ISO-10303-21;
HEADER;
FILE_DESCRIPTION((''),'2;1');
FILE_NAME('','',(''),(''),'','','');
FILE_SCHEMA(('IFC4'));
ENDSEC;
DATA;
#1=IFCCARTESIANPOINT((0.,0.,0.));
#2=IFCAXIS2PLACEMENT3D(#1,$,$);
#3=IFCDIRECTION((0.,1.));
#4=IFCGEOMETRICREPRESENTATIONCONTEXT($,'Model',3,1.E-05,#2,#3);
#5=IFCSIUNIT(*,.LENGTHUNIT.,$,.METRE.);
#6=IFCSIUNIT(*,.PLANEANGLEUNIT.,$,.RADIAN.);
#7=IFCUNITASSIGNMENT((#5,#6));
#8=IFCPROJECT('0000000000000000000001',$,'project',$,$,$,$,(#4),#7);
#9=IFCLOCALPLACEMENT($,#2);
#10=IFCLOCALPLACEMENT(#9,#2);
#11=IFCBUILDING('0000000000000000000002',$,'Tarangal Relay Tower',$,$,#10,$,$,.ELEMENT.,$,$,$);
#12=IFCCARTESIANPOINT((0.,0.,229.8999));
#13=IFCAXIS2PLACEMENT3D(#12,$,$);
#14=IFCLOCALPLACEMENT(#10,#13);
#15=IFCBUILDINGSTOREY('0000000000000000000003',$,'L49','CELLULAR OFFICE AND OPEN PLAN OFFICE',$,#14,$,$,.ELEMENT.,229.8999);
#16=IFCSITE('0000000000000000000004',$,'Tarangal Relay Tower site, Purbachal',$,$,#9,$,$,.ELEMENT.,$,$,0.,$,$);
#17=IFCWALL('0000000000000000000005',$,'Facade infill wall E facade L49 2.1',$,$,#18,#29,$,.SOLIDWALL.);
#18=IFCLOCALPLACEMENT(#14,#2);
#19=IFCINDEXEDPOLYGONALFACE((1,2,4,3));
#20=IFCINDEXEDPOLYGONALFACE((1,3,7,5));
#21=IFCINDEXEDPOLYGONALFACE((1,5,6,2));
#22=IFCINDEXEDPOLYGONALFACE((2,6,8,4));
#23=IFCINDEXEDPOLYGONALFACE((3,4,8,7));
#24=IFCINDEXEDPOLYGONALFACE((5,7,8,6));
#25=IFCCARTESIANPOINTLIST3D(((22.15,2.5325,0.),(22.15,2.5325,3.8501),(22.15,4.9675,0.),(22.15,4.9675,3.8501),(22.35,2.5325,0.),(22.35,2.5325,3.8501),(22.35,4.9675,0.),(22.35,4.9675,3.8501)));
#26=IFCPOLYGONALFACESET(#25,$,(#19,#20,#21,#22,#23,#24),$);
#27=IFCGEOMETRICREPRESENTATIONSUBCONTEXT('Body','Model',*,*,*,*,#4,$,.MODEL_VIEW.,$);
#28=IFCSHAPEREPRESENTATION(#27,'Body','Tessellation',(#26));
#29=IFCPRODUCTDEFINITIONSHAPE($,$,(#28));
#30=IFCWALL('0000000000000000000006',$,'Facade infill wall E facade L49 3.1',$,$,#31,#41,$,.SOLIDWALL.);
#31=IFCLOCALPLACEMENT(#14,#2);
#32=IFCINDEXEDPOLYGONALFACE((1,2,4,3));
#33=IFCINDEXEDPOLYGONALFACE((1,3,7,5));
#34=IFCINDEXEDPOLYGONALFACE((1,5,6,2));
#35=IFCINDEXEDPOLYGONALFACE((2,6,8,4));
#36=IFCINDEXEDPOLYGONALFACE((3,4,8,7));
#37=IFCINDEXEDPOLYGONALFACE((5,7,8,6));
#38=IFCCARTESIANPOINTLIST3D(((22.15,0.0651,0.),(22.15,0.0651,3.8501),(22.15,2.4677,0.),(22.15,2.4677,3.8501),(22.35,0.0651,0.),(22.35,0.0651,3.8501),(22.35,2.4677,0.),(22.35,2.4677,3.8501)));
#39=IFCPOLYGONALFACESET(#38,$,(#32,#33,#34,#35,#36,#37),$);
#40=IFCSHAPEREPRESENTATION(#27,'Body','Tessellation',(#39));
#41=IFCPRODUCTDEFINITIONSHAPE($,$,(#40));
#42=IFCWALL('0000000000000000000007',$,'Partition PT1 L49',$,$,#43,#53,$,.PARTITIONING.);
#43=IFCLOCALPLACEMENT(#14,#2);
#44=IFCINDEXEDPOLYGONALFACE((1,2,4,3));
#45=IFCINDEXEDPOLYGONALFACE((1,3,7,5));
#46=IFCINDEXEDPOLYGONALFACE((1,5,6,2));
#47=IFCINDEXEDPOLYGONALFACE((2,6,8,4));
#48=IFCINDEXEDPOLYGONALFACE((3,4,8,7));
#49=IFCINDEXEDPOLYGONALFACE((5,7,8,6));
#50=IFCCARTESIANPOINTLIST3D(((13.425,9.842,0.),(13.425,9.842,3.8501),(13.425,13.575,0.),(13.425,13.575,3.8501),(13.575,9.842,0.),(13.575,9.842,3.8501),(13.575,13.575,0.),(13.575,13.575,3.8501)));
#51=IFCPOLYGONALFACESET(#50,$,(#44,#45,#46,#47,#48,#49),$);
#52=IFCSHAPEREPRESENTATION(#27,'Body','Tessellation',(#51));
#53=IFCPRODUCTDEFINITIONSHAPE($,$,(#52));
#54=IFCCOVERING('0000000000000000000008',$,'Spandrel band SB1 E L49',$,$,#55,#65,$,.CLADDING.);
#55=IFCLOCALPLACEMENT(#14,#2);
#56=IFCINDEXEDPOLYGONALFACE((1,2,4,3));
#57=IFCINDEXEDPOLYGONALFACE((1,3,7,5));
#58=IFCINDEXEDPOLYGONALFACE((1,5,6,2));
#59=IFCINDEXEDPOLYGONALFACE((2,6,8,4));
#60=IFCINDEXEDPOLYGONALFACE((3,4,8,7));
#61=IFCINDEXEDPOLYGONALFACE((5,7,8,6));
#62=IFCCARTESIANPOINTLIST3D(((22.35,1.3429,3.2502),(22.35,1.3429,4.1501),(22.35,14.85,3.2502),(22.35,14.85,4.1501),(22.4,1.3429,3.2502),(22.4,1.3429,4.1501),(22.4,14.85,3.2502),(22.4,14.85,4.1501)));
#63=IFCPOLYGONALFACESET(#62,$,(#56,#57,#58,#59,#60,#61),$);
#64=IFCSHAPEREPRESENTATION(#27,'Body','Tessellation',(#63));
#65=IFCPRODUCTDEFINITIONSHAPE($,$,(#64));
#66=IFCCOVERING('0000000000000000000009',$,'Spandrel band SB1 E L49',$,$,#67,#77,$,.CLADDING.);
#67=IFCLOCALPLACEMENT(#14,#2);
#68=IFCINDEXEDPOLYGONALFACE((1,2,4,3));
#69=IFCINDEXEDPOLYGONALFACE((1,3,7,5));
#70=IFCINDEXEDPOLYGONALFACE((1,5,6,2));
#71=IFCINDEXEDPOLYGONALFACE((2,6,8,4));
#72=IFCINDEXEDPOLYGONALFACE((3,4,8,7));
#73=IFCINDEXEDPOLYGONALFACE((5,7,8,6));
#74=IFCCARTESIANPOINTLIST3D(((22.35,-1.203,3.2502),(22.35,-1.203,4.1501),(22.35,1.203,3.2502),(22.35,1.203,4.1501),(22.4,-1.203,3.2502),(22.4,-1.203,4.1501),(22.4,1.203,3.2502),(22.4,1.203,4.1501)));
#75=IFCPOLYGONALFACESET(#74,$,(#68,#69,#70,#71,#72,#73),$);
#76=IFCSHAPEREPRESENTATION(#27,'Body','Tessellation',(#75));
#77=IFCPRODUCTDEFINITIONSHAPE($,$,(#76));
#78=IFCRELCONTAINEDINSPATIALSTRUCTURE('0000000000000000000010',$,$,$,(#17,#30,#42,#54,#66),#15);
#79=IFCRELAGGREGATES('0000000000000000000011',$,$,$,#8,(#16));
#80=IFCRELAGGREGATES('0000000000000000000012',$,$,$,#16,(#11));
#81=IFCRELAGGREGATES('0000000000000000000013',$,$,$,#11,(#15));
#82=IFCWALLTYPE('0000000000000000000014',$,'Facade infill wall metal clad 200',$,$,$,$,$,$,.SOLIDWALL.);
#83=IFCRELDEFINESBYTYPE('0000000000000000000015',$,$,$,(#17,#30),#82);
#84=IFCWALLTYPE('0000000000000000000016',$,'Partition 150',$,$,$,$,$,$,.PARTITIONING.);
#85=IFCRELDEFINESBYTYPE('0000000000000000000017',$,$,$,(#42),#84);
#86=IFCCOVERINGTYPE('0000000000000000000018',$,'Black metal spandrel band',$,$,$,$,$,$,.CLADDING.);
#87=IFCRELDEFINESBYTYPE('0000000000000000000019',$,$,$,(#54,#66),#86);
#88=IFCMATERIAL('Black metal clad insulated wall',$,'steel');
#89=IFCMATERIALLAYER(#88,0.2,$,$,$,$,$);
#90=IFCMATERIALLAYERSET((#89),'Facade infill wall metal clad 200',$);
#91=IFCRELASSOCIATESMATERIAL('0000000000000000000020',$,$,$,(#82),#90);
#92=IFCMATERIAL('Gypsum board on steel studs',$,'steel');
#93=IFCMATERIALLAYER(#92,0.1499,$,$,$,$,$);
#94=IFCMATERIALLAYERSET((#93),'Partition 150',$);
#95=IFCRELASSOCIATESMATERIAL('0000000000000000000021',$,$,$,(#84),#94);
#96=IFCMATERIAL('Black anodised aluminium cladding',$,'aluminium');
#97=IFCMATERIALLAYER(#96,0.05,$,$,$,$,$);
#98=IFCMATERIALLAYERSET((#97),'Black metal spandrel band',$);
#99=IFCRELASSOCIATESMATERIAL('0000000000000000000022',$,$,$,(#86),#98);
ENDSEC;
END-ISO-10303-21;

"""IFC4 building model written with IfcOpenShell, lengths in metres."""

from ifc_helpers import new_model, si_unit, direction, frame, frame_2d, origin, origin_2d, place, context, subcontext, project, spatial, rectangle, extrude, material, layer, layer_set, type_object, element, save


model = new_model("IFC4")

# Units and contexts
model_context = context("Model", 3, precision=1e-05, world=origin(), true_north=direction((0.0, 1.0)))
body_context = subcontext(model_context, "Body", "Model", "MODEL_VIEW")
ifc_project = project(units=[si_unit("LENGTHUNIT", "METRE"), si_unit("PLANEANGLEUNIT", "RADIAN")], contexts=[model_context])

# Site, building, storey
site_placement = place(None, origin())
site = spatial("IfcSite", under=ifc_project, at=site_placement, Name="Tarangal Relay Tower site, Purbachal", CompositionType="ELEMENT", RefElevation=0.0)
building_placement = place(site_placement, origin())
building = spatial("IfcBuilding", under=site, at=building_placement, Name="Tarangal Relay Tower", CompositionType="ELEMENT")
storey_placement = place(building_placement, frame((0.0, 0.0, 229.8999)))
storey = spatial("IfcBuildingStorey", under=building, at=storey_placement, Name="L49", Description="CELLULAR OFFICE AND OPEN PLAN OFFICE", CompositionType="ELEMENT", Elevation=229.8999)

# Walls
ifc_material_1 = material(Name="Black metal clad insulated wall", Category="steel")
ifc_layer_1 = layer(ifc_material_1, 0.2)
ifc_layer_set_1 = layer_set([ifc_layer_1], Name="Facade infill wall metal clad 200")
wall_type_1 = type_object("IfcWallType", Name="Facade infill wall metal clad 200", PredefinedType="SOLIDWALL", material=ifc_layer_set_1)
wall_1_placement = place(storey_placement, frame((22.25, 4.9675, 0.0), z_axis=(0.0, 0.0, 1.0), x_axis=(0.0, -1.0, 0.0)))
element("IfcWall", 1, at=wall_1_placement, inside=storey, type_object=wall_type_1, Name="Facade infill wall E facade L49 2.1", PredefinedType="SOLIDWALL", context=body_context, shape_type="SweptSolid", body=[
    extrude(rectangle(XDim=2.4351, YDim=0.2, at=frame_2d((1.2175, 0.0))), origin(), (0.0, 0.0, 1.0), 3.8501),
])
wall_2_placement = place(storey_placement, frame((22.25, 2.4675, 0.0), z_axis=(0.0, 0.0, 1.0), x_axis=(0.0, -1.0, 0.0)))
element("IfcWall", 2, at=wall_2_placement, inside=storey, type_object=wall_type_1, Name="Facade infill wall E facade L49 3.1", PredefinedType="SOLIDWALL", context=body_context, shape_type="SweptSolid", body=[
    extrude(rectangle(XDim=2.4026, YDim=0.2, at=frame_2d((1.2012, 0.0))), origin(), (0.0, 0.0, 1.0), 3.8501),
])
ifc_material_2 = material(Name="Gypsum board on steel studs", Category="steel")
ifc_layer_2 = layer(ifc_material_2, 0.1499)
ifc_layer_set_2 = layer_set([ifc_layer_2], Name="Partition 150")
wall_type_2 = type_object("IfcWallType", Name="Partition 150", PredefinedType="PARTITIONING", material=ifc_layer_set_2)
wall_3_placement = place(storey_placement, frame((13.5, 9.842, 0.0), z_axis=(0.0, 0.0, 1.0), x_axis=(0.0, 1.0, 0.0)))
element("IfcWall", 3, at=wall_3_placement, inside=storey, type_object=wall_type_2, Name="Partition PT1 L49", PredefinedType="PARTITIONING", context=body_context, shape_type="SweptSolid", body=[
    extrude(rectangle(XDim=3.7329, YDim=0.1499, at=frame_2d((1.8665, 0.0))), origin(), (0.0, 0.0, 1.0), 3.8501),
])

# Coverings
ifc_material_3 = material(Name="Black anodised aluminium cladding", Category="aluminium")
ifc_layer_3 = layer(ifc_material_3, 0.05)
ifc_layer_set_3 = layer_set([ifc_layer_3], Name="Black metal spandrel band")
covering_type = type_object("IfcCoveringType", Name="Black metal spandrel band", PredefinedType="CLADDING", material=ifc_layer_set_3)
covering_1_placement = place(storey_placement, frame((22.375, 8.0964, 3.2502), z_axis=(0.0, 0.0, 1.0), x_axis=(0.0, -1.0, 0.0)))
element("IfcCovering", 4, at=covering_1_placement, inside=storey, type_object=covering_type, Name="Spandrel band SB1 E L49", PredefinedType="CLADDING", context=body_context, shape_type="SweptSolid", body=[
    extrude(rectangle(XDim=13.5071, YDim=0.05, at=origin_2d()), origin(), (0.0, 0.0, 1.0), 0.8999),
])
covering_2_placement = place(storey_placement, frame((22.375, 0.0, 3.2502), z_axis=(0.0, 0.0, 1.0), x_axis=(0.0, -1.0, 0.0)))
element("IfcCovering", 5, at=covering_2_placement, inside=storey, type_object=covering_type, Name="Spandrel band SB1 E L49", PredefinedType="CLADDING", context=body_context, shape_type="SweptSolid", body=[
    extrude(rectangle(XDim=2.406, YDim=0.05, at=origin_2d()), origin(), (0.0, 0.0, 1.0), 0.8999),
])

save(model, "model.ifc")
